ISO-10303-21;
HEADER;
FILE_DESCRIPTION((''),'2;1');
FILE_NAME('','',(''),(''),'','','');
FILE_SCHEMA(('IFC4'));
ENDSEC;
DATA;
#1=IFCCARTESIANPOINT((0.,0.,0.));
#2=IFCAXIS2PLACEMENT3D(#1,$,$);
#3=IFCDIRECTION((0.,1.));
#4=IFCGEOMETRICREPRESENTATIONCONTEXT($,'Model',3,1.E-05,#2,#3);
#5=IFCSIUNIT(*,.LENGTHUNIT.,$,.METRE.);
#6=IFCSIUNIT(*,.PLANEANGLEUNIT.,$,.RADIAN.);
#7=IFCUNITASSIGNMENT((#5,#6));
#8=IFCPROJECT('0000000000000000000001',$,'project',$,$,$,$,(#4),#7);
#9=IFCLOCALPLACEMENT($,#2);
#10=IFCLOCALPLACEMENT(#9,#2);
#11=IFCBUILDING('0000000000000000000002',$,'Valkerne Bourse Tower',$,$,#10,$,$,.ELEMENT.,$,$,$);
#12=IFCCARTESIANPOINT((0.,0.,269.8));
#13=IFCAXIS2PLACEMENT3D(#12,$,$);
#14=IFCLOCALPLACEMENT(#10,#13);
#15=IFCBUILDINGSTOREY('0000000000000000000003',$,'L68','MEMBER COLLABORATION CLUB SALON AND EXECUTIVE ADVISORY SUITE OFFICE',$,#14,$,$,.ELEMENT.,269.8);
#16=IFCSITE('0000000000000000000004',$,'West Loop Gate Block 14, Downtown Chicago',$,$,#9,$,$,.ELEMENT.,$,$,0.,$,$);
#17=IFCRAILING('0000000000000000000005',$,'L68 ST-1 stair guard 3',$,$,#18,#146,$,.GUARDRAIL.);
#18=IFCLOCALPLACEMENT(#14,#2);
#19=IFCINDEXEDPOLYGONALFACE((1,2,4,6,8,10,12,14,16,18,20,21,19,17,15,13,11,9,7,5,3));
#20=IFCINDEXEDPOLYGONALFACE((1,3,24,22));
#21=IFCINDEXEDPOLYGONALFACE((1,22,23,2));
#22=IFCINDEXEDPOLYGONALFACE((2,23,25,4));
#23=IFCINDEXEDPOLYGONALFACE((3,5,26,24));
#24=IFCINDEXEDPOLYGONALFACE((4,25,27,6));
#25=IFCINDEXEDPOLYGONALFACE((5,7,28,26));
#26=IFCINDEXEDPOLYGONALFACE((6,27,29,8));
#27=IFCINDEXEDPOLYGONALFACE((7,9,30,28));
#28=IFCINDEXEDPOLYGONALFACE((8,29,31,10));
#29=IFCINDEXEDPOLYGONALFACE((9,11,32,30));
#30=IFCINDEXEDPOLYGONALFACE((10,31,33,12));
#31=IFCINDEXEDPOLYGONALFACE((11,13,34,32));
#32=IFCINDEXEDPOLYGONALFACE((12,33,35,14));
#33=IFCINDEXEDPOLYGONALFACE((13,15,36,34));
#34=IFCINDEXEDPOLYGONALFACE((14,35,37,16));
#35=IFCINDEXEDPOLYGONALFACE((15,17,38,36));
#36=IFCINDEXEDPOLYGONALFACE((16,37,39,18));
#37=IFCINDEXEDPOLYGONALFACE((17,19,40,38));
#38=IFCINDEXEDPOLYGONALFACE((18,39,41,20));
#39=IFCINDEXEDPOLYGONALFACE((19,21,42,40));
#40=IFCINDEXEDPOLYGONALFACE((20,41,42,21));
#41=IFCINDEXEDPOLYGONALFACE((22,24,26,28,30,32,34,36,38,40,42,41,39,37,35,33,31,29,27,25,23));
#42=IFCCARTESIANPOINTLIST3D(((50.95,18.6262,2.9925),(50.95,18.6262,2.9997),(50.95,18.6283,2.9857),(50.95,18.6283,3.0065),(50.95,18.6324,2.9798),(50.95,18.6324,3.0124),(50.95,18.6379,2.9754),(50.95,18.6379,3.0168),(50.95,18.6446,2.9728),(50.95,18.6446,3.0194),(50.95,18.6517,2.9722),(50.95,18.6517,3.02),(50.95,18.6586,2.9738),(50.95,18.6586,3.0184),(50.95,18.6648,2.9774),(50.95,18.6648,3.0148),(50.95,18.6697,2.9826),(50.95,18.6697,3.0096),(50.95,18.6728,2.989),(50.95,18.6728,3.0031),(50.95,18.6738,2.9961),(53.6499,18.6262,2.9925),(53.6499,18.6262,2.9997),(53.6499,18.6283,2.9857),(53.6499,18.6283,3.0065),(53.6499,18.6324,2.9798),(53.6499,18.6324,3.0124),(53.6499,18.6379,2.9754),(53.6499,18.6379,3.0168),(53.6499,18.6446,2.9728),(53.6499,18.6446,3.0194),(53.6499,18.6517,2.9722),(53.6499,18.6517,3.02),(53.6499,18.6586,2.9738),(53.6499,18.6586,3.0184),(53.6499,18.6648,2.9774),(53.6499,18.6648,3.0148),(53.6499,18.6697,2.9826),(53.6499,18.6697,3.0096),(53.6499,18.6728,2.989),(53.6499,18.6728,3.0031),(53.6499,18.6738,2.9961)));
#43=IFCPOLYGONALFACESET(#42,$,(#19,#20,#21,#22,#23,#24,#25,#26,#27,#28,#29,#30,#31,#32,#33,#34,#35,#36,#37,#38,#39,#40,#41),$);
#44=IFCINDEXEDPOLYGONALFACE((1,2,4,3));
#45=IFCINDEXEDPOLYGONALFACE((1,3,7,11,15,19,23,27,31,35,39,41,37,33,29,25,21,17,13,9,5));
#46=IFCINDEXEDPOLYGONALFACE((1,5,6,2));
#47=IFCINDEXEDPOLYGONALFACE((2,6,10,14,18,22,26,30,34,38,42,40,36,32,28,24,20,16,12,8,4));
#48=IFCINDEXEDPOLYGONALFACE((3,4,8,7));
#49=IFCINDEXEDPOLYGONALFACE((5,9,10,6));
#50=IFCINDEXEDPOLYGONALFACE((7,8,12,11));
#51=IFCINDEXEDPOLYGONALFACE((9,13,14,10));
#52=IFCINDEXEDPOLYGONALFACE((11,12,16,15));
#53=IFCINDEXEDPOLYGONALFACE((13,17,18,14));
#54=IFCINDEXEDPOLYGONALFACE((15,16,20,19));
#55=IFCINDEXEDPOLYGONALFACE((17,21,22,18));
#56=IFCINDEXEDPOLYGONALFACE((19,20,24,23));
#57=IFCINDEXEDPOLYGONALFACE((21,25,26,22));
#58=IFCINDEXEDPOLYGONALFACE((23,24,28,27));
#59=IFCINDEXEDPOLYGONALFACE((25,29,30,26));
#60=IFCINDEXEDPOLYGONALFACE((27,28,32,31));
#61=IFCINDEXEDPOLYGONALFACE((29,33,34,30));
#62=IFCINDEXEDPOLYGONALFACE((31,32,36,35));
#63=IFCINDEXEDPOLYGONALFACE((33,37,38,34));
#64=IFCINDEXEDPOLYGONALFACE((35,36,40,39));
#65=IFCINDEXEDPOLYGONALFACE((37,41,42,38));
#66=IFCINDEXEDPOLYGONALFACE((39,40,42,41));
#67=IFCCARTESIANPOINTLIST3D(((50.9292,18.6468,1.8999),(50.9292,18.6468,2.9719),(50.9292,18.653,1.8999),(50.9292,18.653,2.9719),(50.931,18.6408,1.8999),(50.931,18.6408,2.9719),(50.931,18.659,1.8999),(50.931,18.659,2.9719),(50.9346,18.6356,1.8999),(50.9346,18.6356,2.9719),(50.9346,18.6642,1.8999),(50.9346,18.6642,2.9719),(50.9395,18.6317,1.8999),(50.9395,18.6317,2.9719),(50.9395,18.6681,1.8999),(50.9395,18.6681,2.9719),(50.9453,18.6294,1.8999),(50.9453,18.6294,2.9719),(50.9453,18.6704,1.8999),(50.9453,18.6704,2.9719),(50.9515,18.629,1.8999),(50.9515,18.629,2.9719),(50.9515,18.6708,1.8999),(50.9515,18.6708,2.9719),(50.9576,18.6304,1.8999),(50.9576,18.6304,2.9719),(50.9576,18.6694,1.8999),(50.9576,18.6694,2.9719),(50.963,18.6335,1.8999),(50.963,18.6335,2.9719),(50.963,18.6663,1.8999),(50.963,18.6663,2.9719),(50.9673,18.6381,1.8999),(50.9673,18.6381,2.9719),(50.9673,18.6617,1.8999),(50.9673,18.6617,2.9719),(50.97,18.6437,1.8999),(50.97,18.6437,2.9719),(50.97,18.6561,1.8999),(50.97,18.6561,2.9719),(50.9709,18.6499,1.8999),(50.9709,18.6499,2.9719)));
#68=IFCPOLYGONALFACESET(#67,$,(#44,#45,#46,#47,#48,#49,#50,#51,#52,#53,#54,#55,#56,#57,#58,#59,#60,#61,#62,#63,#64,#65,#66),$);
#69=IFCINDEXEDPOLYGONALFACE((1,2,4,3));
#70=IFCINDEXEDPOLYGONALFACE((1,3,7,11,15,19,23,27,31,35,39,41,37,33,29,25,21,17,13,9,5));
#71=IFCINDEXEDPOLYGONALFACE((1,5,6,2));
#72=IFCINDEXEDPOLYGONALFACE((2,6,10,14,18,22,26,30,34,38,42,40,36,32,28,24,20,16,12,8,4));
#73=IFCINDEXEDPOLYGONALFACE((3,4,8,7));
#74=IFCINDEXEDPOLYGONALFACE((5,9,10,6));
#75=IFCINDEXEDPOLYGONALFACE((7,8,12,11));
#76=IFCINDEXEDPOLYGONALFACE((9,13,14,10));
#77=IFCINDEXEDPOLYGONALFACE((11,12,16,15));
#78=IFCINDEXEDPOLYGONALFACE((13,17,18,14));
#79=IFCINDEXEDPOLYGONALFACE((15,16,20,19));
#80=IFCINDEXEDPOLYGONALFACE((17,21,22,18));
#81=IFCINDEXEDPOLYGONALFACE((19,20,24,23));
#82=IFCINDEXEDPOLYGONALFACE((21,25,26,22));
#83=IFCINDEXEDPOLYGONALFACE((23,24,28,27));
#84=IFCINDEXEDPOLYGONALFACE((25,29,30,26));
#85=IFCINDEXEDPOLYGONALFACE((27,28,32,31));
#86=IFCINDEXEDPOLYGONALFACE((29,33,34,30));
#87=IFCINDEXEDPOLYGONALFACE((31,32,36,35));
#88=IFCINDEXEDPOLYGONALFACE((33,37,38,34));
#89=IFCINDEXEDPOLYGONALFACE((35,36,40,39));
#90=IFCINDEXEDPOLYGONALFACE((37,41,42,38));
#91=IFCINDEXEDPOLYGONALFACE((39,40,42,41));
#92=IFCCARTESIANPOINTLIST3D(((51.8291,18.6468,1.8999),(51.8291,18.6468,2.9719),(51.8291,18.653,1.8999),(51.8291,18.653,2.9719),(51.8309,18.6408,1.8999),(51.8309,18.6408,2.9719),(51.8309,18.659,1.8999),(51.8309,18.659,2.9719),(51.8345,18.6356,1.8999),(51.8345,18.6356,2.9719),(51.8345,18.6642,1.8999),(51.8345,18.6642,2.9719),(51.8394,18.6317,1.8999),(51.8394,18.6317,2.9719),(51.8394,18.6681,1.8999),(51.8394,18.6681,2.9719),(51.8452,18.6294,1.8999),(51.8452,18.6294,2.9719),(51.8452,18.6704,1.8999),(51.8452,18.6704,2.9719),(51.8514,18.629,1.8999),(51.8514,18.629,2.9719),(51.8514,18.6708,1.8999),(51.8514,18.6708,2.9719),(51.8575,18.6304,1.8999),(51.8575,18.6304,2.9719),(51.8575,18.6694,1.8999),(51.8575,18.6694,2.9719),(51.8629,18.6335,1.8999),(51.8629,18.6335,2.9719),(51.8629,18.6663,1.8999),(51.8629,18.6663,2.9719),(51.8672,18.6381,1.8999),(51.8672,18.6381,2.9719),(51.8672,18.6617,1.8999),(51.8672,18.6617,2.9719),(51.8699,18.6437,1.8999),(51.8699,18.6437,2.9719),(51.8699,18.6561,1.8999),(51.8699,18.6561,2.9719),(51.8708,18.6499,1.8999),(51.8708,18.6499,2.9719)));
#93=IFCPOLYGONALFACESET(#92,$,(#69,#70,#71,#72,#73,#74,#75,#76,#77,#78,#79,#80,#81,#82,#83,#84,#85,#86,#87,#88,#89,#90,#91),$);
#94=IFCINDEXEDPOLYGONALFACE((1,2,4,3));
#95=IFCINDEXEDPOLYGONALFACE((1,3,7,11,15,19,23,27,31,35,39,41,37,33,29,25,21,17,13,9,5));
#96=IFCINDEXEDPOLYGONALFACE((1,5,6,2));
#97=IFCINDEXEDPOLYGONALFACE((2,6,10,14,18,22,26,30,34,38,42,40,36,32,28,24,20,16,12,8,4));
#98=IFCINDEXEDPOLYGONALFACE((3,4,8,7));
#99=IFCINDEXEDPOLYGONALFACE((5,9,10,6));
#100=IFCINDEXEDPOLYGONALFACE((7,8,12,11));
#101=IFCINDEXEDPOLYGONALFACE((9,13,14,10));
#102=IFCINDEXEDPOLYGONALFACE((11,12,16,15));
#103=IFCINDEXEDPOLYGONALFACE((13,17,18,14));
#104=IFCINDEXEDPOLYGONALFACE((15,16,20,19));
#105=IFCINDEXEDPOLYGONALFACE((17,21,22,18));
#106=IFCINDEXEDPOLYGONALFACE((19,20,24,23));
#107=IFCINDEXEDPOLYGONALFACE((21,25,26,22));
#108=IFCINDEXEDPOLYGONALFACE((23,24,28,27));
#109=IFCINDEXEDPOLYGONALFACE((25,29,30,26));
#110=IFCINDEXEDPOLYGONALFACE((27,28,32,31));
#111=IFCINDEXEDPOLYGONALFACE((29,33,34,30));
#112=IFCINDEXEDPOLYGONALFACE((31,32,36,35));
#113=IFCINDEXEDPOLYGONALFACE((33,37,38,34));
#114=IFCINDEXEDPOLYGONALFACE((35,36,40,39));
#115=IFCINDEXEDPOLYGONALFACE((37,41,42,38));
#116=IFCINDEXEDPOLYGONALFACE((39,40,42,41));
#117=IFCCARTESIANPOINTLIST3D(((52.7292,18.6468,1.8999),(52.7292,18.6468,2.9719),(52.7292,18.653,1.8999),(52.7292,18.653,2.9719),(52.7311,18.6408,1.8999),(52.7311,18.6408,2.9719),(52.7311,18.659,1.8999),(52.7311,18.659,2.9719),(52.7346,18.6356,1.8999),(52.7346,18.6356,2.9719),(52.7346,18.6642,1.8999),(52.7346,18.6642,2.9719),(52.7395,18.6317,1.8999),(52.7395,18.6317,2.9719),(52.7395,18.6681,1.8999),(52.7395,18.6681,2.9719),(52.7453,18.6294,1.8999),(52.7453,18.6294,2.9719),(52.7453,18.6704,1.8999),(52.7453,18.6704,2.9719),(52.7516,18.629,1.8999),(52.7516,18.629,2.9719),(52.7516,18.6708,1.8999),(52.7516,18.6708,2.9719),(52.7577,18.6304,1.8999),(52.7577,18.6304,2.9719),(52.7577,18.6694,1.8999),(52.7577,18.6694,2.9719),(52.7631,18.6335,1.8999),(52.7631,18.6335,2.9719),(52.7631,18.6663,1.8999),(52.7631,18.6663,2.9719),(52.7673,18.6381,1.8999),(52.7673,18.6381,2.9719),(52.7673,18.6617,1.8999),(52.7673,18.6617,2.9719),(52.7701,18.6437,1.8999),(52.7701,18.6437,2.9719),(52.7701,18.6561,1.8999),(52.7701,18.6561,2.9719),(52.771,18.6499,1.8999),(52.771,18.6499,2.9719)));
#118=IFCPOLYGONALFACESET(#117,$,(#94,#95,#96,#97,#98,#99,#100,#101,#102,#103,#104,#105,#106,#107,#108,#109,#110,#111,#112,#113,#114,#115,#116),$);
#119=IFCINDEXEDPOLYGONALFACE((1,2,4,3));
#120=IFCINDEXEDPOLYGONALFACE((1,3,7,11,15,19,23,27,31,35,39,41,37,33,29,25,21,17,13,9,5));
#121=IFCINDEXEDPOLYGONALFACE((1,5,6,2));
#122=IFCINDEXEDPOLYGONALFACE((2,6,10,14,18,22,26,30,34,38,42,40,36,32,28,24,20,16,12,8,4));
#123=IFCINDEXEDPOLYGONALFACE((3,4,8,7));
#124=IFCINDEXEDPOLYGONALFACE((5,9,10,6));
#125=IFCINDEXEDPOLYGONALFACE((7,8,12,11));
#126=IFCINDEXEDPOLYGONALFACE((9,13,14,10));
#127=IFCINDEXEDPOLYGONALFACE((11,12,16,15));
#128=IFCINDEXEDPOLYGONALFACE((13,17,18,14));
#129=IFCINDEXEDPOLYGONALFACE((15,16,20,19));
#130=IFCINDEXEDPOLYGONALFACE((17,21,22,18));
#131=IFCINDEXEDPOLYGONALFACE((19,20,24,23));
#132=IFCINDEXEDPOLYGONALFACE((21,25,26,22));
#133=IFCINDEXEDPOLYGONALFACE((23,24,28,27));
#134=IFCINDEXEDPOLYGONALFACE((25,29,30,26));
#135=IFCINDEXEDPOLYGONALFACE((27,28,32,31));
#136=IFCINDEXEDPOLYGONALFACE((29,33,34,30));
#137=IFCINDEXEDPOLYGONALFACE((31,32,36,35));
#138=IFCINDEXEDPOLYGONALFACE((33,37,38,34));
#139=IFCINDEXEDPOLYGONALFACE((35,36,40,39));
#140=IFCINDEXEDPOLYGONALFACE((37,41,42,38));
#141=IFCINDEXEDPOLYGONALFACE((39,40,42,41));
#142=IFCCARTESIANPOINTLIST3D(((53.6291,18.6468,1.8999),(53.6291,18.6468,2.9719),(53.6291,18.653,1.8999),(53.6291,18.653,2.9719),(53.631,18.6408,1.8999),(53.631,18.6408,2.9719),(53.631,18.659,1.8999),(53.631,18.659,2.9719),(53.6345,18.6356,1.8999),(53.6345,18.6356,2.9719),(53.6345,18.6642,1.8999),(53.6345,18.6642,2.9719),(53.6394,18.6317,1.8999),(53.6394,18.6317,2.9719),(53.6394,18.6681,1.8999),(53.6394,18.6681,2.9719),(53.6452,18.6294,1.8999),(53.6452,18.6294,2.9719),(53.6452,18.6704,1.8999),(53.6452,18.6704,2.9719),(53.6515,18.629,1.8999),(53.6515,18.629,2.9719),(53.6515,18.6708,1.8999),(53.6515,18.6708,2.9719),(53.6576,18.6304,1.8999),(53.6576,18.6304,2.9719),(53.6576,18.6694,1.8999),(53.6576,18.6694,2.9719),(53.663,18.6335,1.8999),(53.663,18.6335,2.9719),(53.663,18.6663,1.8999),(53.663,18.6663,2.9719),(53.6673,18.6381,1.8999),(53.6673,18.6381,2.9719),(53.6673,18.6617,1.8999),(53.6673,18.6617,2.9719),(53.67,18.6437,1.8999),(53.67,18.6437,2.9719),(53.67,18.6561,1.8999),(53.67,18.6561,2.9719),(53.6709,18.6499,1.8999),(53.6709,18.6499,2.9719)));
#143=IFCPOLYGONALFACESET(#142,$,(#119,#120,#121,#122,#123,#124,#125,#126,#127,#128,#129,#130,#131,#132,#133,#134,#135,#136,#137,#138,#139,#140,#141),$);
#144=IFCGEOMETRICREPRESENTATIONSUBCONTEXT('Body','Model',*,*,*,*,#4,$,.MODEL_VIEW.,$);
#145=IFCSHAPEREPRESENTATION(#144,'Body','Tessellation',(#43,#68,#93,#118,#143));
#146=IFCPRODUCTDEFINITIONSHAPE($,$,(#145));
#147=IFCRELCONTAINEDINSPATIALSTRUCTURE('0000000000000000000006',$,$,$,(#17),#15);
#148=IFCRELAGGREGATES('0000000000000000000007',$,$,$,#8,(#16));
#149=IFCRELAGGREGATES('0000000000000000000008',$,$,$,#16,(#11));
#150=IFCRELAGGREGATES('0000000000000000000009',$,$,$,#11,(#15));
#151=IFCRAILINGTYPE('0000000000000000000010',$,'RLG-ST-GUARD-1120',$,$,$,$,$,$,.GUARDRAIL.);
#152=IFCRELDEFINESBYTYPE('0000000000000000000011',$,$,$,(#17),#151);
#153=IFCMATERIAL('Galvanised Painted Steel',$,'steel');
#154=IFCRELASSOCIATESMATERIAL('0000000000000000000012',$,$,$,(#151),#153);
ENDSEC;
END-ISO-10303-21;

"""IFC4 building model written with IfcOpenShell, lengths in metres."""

from ifc_helpers import new_model, si_unit, direction, frame, origin, origin_2d, place, context, subcontext, project, spatial, circle, extrude, material, type_object, element, save


model = new_model("IFC4")

# Units and contexts
model_context = context("Model", 3, precision=1e-05, world=origin(), true_north=direction((0.0, 1.0)))
body_context = subcontext(model_context, "Body", "Model", "MODEL_VIEW")
ifc_project = project(units=[si_unit("LENGTHUNIT", "METRE"), si_unit("PLANEANGLEUNIT", "RADIAN")], contexts=[model_context])

# Site, building, storey
site_placement = place(None, origin())
site = spatial("IfcSite", under=ifc_project, at=site_placement, Name="West Loop Gate Block 14, Downtown Chicago", CompositionType="ELEMENT", RefElevation=0.0)
building_placement = place(site_placement, origin())
building = spatial("IfcBuilding", under=site, at=building_placement, Name="Valkerne Bourse Tower", CompositionType="ELEMENT")
storey_placement = place(building_placement, frame((0.0, 0.0, 269.8)))
storey = spatial("IfcBuildingStorey", under=building, at=storey_placement, Name="L68", Description="MEMBER COLLABORATION CLUB SALON AND EXECUTIVE ADVISORY SUITE OFFICE", CompositionType="ELEMENT", Elevation=269.8)

# Shared definitions
ifc_material_1 = material(Name="Galvanised Painted Steel", Category="steel")

# Railing
railing_type_1 = type_object("IfcRailingType", Name="RLG-ST-GUARD-1120", PredefinedType="GUARDRAIL", material=ifc_material_1)
for number, where, name in (
    (1, (50.95, 18.6499, 1.8999), "L68 ST-1 stair guard 3"),
):
    element("IfcRailing", number, at=place(storey_placement, frame(where)), inside=storey, type_object=railing_type_1, Name=name, PredefinedType="GUARDRAIL", context=body_context, shape_type="SweptSolid", body=[
        extrude(circle(Radius=0.0239, at=origin_2d()), frame((0.0, 0.0, 1.0962), z_axis=(1.0, 0.0, 0.0), x_axis=(0.0, 1.0, 0.0)), (0.0, 0.0, 1.0), 2.7),
        extrude(circle(Radius=0.021, at=origin_2d()), origin(), (0.0, 0.0, 1.0), 1.072),
        extrude(circle(Radius=0.021, at=origin_2d()), frame((0.8999, 0.0, 0.0)), (0.0, 0.0, 1.0), 1.072),
        extrude(circle(Radius=0.021, at=origin_2d()), frame((1.8, 0.0, 0.0)), (0.0, 0.0, 1.0), 1.072),
        extrude(circle(Radius=0.021, at=origin_2d()), frame((2.7, 0.0, 0.0)), (0.0, 0.0, 1.0), 1.072),
    ])

save(model, "model.ifc")
